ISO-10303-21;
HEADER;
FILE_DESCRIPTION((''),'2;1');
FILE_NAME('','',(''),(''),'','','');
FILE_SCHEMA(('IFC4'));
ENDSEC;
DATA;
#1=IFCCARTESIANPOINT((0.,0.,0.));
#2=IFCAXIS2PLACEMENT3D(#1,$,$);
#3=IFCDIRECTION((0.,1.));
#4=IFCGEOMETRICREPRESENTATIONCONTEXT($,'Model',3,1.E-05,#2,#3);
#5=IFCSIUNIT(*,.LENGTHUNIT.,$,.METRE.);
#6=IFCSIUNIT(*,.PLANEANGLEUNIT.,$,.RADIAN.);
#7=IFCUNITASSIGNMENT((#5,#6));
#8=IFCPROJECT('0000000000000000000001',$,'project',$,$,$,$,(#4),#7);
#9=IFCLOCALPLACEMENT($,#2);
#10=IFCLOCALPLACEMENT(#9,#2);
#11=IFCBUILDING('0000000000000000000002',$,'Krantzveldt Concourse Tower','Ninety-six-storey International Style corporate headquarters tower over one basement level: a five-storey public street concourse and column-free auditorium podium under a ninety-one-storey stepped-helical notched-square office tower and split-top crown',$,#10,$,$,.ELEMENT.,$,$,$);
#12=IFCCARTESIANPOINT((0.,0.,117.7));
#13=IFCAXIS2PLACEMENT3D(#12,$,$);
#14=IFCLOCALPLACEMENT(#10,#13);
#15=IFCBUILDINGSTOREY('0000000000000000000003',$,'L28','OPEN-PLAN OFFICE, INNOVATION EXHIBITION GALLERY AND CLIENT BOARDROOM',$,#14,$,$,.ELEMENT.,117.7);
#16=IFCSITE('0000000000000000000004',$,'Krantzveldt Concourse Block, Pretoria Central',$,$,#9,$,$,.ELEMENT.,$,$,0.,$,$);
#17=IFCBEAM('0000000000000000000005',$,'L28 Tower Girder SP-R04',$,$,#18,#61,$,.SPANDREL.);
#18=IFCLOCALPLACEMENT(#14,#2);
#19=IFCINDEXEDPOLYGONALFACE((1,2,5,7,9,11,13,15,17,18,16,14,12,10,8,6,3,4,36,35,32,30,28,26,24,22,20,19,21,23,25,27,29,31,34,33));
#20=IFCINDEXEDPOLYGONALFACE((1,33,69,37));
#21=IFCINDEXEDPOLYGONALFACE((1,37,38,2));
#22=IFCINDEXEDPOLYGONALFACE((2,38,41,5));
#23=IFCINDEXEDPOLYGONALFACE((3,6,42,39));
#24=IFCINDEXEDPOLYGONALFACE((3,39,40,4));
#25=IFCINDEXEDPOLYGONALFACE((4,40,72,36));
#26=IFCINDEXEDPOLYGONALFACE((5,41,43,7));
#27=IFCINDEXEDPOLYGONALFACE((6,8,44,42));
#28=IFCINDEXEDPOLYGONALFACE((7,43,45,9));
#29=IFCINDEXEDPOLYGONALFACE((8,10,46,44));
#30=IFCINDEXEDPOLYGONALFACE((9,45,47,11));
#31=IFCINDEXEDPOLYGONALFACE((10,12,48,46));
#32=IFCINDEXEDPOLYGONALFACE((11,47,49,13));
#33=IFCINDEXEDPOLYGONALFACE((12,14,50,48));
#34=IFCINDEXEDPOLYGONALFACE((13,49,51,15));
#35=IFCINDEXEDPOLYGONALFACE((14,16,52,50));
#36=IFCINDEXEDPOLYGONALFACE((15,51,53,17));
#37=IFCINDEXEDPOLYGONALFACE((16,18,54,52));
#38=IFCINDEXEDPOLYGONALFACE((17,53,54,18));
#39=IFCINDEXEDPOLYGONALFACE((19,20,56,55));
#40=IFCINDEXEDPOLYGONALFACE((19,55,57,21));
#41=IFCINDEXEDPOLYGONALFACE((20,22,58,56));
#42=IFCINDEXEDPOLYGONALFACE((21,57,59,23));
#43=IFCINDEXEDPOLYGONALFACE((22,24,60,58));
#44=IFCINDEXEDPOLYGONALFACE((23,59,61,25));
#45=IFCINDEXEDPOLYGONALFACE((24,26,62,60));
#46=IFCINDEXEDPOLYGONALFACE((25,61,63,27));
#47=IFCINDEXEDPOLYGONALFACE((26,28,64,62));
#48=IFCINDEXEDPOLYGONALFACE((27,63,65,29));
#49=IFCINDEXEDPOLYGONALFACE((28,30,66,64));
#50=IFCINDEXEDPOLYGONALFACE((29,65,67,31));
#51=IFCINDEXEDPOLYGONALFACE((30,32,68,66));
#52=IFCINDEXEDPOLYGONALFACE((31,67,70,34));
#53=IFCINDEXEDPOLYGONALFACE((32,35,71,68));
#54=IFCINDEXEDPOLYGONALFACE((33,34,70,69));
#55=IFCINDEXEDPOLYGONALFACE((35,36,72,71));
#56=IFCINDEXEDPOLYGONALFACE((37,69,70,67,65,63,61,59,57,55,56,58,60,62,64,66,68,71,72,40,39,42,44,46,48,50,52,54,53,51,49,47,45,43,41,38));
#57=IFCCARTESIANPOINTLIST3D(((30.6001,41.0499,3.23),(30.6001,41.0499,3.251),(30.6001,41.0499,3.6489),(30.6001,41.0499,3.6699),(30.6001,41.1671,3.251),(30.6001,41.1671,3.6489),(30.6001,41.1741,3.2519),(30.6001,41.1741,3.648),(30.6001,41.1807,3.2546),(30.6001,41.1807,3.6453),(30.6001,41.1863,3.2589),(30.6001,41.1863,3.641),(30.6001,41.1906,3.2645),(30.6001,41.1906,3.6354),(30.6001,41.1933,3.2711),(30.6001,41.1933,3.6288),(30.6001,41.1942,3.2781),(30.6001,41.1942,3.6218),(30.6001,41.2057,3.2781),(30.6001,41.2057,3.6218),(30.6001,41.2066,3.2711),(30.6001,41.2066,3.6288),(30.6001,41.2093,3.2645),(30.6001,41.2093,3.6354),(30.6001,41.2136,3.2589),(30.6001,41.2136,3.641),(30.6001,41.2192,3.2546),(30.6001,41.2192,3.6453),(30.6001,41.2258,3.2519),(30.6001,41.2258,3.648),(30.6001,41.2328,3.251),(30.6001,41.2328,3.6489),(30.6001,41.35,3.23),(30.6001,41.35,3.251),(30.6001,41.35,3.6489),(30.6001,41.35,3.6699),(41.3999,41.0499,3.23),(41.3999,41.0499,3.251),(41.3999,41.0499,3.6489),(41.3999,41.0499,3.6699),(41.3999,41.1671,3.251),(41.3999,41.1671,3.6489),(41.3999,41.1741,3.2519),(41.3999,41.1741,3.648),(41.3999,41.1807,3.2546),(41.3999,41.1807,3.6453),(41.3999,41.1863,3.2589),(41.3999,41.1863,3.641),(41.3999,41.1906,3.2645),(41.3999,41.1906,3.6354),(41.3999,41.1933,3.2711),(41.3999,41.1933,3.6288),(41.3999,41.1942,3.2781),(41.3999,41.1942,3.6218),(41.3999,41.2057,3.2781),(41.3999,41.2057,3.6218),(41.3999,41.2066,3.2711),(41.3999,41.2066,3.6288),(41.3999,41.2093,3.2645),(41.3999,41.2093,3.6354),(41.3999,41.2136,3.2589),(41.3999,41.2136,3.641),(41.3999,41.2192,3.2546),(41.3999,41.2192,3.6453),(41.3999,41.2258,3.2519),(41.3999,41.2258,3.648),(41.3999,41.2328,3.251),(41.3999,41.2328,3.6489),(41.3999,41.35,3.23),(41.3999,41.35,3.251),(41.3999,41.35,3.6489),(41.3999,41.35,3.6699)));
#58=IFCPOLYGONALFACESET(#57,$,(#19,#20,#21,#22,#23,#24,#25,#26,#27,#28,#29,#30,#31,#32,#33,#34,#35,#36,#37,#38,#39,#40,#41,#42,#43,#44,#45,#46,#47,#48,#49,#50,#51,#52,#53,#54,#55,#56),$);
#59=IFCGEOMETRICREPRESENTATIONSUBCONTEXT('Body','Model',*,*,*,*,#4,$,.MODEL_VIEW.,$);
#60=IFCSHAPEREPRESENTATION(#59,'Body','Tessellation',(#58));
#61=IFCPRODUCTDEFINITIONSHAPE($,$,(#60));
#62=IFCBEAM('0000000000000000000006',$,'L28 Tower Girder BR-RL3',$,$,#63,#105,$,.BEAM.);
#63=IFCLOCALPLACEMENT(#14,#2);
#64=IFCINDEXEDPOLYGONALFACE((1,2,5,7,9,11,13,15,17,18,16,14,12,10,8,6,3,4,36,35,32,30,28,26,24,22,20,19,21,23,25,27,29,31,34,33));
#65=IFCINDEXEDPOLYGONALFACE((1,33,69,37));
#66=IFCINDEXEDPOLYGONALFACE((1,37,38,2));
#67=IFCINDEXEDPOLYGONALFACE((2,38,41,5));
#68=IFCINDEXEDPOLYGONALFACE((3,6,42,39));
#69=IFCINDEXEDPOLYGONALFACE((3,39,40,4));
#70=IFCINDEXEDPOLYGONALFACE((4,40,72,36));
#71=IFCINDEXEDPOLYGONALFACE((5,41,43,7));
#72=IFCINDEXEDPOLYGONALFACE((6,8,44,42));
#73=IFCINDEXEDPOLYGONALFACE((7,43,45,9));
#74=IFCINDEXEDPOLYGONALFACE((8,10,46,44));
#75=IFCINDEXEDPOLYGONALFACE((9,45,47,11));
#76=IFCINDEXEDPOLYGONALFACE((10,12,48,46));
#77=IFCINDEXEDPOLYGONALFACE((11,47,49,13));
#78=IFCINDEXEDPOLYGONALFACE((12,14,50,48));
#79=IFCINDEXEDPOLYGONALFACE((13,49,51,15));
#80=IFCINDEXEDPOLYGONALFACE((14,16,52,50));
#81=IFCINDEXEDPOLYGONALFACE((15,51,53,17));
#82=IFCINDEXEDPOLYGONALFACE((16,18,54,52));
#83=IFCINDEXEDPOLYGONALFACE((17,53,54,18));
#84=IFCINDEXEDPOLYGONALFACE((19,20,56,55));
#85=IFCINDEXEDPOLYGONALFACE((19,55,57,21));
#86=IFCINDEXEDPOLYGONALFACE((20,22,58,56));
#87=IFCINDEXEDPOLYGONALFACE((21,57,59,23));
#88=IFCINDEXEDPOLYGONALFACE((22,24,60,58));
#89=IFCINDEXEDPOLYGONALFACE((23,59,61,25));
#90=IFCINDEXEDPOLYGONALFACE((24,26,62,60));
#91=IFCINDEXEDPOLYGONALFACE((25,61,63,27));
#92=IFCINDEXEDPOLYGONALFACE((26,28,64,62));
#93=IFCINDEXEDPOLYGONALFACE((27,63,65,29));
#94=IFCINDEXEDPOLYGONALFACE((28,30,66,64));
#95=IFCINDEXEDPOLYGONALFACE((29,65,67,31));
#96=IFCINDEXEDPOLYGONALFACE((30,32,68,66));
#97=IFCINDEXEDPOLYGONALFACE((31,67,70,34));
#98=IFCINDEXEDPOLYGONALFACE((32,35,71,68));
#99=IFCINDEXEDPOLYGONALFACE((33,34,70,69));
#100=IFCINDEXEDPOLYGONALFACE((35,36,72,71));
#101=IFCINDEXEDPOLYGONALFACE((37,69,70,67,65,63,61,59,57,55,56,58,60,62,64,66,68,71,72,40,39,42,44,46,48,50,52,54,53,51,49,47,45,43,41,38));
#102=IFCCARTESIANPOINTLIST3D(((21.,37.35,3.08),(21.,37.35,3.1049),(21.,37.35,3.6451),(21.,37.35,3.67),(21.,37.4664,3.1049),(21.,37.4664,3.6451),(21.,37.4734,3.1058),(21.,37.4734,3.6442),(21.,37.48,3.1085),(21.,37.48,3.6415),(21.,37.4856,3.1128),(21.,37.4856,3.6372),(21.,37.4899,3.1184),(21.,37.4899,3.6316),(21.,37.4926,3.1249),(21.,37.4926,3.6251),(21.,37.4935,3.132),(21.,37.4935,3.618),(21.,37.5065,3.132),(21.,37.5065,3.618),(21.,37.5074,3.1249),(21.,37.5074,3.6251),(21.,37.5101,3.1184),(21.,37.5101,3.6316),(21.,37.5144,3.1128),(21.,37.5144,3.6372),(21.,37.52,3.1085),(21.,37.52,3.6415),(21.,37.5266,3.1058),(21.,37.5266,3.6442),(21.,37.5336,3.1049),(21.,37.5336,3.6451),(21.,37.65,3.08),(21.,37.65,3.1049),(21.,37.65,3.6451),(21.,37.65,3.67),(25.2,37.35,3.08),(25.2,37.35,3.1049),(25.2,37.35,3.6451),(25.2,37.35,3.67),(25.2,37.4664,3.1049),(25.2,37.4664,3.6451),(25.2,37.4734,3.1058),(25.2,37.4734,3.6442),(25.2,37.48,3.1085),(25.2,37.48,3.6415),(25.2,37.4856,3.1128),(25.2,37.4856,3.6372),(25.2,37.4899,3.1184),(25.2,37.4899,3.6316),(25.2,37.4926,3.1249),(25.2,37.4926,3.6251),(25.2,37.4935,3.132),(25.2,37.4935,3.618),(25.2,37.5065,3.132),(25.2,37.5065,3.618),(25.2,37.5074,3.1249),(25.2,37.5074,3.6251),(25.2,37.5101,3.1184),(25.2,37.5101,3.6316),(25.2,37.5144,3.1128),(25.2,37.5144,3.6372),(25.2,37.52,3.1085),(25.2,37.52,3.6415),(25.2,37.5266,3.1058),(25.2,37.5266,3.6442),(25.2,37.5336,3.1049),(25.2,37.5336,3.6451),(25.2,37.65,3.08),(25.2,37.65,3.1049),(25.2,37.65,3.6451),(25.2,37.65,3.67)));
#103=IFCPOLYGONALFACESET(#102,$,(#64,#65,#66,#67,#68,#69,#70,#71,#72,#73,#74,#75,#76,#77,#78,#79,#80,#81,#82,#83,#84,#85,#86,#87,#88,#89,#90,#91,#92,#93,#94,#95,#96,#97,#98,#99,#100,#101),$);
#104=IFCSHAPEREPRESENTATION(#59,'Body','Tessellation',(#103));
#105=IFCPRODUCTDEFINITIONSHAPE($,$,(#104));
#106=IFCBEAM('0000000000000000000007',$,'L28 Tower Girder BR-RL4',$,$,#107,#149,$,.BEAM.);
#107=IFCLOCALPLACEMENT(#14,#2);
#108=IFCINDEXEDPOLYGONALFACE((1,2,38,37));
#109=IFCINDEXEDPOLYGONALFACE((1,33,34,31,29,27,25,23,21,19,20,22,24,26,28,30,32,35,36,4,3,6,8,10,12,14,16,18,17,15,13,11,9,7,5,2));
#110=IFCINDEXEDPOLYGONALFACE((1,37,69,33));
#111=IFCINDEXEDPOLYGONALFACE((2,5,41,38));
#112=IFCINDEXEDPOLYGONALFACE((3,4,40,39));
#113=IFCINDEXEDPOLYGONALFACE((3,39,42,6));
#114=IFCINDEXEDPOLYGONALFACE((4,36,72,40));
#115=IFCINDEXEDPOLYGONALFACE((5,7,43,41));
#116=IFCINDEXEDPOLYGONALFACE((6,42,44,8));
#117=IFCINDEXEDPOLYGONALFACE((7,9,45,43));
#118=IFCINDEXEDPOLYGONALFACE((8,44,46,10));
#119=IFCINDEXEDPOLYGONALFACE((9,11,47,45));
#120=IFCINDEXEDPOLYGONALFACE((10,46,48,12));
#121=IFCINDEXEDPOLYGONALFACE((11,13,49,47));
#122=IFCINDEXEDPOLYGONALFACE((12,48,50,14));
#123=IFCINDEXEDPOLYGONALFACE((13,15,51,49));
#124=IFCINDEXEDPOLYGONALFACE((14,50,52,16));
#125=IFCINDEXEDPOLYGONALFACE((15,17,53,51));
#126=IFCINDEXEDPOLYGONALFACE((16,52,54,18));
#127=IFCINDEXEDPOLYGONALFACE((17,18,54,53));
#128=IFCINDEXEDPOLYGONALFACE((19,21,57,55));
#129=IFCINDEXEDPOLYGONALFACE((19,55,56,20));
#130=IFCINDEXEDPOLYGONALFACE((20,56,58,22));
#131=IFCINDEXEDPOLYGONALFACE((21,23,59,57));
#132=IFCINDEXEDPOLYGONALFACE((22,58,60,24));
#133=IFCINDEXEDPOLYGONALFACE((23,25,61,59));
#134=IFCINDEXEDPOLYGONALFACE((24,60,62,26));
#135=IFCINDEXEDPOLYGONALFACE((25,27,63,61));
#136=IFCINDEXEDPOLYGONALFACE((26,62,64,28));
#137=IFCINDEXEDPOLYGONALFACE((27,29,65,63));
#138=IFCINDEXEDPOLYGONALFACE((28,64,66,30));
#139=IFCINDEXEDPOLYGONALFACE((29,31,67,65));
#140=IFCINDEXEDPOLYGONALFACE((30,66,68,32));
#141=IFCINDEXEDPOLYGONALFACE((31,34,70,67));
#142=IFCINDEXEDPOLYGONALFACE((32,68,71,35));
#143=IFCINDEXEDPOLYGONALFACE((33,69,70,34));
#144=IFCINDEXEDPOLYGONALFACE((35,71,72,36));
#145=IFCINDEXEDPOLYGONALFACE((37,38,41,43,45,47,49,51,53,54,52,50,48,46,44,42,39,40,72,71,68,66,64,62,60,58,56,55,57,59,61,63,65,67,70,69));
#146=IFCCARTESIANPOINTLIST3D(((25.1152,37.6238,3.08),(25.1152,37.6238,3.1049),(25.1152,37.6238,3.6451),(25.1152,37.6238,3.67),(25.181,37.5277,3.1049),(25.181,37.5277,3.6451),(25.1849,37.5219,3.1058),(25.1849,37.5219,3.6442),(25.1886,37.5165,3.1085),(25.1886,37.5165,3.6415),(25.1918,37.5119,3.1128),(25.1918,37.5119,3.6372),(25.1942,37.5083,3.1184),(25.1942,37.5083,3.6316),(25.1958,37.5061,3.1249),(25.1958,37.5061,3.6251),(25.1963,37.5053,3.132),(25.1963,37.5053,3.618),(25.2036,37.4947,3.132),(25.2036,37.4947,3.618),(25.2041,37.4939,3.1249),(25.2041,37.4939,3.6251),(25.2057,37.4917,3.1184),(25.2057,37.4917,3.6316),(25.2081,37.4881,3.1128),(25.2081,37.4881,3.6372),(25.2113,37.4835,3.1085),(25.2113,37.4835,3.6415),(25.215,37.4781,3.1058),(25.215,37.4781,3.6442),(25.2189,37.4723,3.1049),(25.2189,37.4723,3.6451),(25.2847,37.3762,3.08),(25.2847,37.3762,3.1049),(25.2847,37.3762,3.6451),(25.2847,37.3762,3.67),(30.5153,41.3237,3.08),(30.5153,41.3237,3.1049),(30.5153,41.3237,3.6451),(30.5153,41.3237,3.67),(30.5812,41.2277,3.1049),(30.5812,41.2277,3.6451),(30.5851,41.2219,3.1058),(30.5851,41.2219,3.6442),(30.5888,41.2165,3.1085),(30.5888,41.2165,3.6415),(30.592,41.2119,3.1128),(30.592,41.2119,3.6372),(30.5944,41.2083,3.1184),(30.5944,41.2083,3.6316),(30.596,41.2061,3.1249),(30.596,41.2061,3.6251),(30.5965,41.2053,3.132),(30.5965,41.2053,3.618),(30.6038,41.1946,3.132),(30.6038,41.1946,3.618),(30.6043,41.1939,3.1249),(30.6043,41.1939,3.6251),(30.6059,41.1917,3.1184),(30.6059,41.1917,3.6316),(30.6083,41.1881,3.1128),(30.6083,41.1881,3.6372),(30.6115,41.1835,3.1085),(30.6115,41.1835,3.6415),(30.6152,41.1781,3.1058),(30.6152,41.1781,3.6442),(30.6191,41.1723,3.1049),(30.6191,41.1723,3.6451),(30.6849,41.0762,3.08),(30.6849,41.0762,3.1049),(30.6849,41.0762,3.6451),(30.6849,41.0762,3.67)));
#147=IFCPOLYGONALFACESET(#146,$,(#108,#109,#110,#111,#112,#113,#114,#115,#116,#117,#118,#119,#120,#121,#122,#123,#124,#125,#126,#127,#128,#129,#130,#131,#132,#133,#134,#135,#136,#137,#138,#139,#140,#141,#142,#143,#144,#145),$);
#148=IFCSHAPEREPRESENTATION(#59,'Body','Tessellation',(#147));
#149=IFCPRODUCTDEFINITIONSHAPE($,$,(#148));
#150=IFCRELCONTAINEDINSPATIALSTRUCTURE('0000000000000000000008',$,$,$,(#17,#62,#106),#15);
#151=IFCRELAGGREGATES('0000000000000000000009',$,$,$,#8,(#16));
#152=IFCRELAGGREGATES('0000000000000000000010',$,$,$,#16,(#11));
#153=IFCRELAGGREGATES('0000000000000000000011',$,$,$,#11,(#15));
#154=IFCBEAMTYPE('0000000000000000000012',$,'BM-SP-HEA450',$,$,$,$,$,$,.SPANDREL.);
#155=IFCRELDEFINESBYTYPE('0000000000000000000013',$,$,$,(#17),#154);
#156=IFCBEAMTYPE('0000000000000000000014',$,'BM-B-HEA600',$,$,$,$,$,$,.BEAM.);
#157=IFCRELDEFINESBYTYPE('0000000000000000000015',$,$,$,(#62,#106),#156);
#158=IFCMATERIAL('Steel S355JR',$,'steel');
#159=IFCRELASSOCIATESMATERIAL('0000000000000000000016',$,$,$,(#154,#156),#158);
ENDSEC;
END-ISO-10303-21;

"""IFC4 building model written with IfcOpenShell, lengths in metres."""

from ifc_helpers import new_model, si_unit, direction, frame, origin, origin_2d, place, context, subcontext, project, spatial, i_section, extrude, source, transform, mapped, material, material_profile, profile_set, type_object, type_shapes, element, save


model = new_model("IFC4")

# Units and contexts
model_context = context("Model", 3, precision=1e-05, world=origin(), true_north=direction((0.0, 1.0)))
body_context = subcontext(model_context, "Body", "Model", "MODEL_VIEW")
ifc_project = project(units=[si_unit("LENGTHUNIT", "METRE"), si_unit("PLANEANGLEUNIT", "RADIAN")], contexts=[model_context])

# Site, building, storey
site_placement = place(None, origin())
site = spatial("IfcSite", under=ifc_project, at=site_placement, Name="Krantzveldt Concourse Block, Pretoria Central", CompositionType="ELEMENT", RefElevation=0.0)
building_placement = place(site_placement, origin())
building = spatial("IfcBuilding", under=site, at=building_placement, Name="Krantzveldt Concourse Tower", Description="Ninety-six-storey International Style corporate headquarters tower over one basement level: a five-storey public street concourse and column-free auditorium podium under a ninety-one-storey stepped-helical notched-square office tower and split-top crown", CompositionType="ELEMENT")
storey_placement = place(building_placement, frame((0.0, 0.0, 117.7)))
storey = spatial("IfcBuildingStorey", under=building, at=storey_placement, Name="L28", Description="OPEN-PLAN OFFICE, INNOVATION EXHIBITION GALLERY AND CLIENT BOARDROOM", CompositionType="ELEMENT", Elevation=117.7)

# Beams
ifc_material_1 = material(Name="Steel S355JR", Category="steel")
ifc_material_profile_1 = material_profile(ifc_material_1, i_section(OverallWidth=0.3, OverallDepth=0.4399, WebThickness=0.0115, FlangeThickness=0.021, FilletRadius=0.0271, at=origin_2d()), Name="Steel S355JR", Category="steel")
ifc_profile_set_1 = profile_set([ifc_material_profile_1], Name="Steel S355JR - HEA 450")
beam_type_1 = type_object("IfcBeamType", Name="BM-SP-HEA450", PredefinedType="SPANDREL", material=ifc_profile_set_1)
shared_shape_1 = source(origin(), body_context, "Body", "SweptSolid", [
    extrude(i_section(OverallWidth=0.3, OverallDepth=0.4399, WebThickness=0.0115, FlangeThickness=0.021, FilletRadius=0.0271, at=origin_2d()), origin(), (0.0, 0.0, 1.0), 10.7998),
])
beam_1_placement = place(storey_placement, frame((30.6001, 41.2, 3.45), z_axis=(1.0, 0.0, 0.0), x_axis=(0.0, 1.0, 0.0)))
element("IfcBeam", 1, at=beam_1_placement, inside=storey, type_object=beam_type_1, Name="L28 Tower Girder SP-R04", PredefinedType="SPANDREL", context=body_context, shape_type="MappedRepresentation", body=[
    mapped(shared_shape_1, transform((0.0, 0.0, 0.0), x_axis=(1.0, 0.0, 0.0), y_axis=(0.0, 1.0, 0.0), z_axis=(0.0, 0.0, 1.0), scale=1.0)),
])
ifc_material_profile_2 = material_profile(ifc_material_1, i_section(OverallWidth=0.3, OverallDepth=0.5901, WebThickness=0.0129, FlangeThickness=0.0249, FilletRadius=0.0271, at=origin_2d()), Name="Steel S355JR", Category="steel")
ifc_profile_set_2 = profile_set([ifc_material_profile_2], Name="Steel S355JR - HEA 600")
beam_type_2 = type_object("IfcBeamType", Name="BM-B-HEA600", PredefinedType="BEAM", material=ifc_profile_set_2)
shared_shape_2 = source(origin(), body_context, "Body", "SweptSolid", [
    extrude(i_section(OverallWidth=0.3, OverallDepth=0.5901, WebThickness=0.0129, FlangeThickness=0.0249, FilletRadius=0.0271, at=origin_2d()), origin(), (0.0, 0.0, 1.0), 4.2),
])
beam_2_placement = place(storey_placement, frame((21.0, 37.5, 3.375), z_axis=(1.0, 0.0, 0.0), x_axis=(0.0, 1.0, 0.0)))
element("IfcBeam", 2, at=beam_2_placement, inside=storey, type_object=beam_type_2, Name="L28 Tower Girder BR-RL3", PredefinedType="BEAM", context=body_context, shape_type="MappedRepresentation", body=[
    mapped(shared_shape_2, transform((0.0, 0.0, 0.0), x_axis=(1.0, 0.0, 0.0), y_axis=(0.0, 1.0, 0.0), z_axis=(0.0, 0.0, 1.0), scale=1.0)),
])
shared_shape_3 = source(origin(), body_context, "Body", "SweptSolid", [
    extrude(i_section(OverallWidth=0.3, OverallDepth=0.5901, WebThickness=0.0129, FlangeThickness=0.0249, FilletRadius=0.0271, at=origin_2d()), origin(), (0.0, 0.0, 1.0), 6.5461),
])
type_shapes(beam_type_2, [shared_shape_2, shared_shape_3])
beam_3_placement = place(storey_placement, frame((25.2, 37.5, 3.375), z_axis=(0.824943, 0.565216, 0.0), x_axis=(-0.565216, 0.824943, 0.0)))
element("IfcBeam", 3, at=beam_3_placement, inside=storey, type_object=beam_type_2, Name="L28 Tower Girder BR-RL4", PredefinedType="BEAM", context=body_context, shape_type="MappedRepresentation", body=[
    mapped(shared_shape_3, transform((0.0, 0.0, 0.0), x_axis=(1.0, 0.0, 0.0), y_axis=(0.0, 1.0, 0.0), z_axis=(0.0, 0.0, 1.0), scale=1.0)),
])

save(model, "model.ifc")
